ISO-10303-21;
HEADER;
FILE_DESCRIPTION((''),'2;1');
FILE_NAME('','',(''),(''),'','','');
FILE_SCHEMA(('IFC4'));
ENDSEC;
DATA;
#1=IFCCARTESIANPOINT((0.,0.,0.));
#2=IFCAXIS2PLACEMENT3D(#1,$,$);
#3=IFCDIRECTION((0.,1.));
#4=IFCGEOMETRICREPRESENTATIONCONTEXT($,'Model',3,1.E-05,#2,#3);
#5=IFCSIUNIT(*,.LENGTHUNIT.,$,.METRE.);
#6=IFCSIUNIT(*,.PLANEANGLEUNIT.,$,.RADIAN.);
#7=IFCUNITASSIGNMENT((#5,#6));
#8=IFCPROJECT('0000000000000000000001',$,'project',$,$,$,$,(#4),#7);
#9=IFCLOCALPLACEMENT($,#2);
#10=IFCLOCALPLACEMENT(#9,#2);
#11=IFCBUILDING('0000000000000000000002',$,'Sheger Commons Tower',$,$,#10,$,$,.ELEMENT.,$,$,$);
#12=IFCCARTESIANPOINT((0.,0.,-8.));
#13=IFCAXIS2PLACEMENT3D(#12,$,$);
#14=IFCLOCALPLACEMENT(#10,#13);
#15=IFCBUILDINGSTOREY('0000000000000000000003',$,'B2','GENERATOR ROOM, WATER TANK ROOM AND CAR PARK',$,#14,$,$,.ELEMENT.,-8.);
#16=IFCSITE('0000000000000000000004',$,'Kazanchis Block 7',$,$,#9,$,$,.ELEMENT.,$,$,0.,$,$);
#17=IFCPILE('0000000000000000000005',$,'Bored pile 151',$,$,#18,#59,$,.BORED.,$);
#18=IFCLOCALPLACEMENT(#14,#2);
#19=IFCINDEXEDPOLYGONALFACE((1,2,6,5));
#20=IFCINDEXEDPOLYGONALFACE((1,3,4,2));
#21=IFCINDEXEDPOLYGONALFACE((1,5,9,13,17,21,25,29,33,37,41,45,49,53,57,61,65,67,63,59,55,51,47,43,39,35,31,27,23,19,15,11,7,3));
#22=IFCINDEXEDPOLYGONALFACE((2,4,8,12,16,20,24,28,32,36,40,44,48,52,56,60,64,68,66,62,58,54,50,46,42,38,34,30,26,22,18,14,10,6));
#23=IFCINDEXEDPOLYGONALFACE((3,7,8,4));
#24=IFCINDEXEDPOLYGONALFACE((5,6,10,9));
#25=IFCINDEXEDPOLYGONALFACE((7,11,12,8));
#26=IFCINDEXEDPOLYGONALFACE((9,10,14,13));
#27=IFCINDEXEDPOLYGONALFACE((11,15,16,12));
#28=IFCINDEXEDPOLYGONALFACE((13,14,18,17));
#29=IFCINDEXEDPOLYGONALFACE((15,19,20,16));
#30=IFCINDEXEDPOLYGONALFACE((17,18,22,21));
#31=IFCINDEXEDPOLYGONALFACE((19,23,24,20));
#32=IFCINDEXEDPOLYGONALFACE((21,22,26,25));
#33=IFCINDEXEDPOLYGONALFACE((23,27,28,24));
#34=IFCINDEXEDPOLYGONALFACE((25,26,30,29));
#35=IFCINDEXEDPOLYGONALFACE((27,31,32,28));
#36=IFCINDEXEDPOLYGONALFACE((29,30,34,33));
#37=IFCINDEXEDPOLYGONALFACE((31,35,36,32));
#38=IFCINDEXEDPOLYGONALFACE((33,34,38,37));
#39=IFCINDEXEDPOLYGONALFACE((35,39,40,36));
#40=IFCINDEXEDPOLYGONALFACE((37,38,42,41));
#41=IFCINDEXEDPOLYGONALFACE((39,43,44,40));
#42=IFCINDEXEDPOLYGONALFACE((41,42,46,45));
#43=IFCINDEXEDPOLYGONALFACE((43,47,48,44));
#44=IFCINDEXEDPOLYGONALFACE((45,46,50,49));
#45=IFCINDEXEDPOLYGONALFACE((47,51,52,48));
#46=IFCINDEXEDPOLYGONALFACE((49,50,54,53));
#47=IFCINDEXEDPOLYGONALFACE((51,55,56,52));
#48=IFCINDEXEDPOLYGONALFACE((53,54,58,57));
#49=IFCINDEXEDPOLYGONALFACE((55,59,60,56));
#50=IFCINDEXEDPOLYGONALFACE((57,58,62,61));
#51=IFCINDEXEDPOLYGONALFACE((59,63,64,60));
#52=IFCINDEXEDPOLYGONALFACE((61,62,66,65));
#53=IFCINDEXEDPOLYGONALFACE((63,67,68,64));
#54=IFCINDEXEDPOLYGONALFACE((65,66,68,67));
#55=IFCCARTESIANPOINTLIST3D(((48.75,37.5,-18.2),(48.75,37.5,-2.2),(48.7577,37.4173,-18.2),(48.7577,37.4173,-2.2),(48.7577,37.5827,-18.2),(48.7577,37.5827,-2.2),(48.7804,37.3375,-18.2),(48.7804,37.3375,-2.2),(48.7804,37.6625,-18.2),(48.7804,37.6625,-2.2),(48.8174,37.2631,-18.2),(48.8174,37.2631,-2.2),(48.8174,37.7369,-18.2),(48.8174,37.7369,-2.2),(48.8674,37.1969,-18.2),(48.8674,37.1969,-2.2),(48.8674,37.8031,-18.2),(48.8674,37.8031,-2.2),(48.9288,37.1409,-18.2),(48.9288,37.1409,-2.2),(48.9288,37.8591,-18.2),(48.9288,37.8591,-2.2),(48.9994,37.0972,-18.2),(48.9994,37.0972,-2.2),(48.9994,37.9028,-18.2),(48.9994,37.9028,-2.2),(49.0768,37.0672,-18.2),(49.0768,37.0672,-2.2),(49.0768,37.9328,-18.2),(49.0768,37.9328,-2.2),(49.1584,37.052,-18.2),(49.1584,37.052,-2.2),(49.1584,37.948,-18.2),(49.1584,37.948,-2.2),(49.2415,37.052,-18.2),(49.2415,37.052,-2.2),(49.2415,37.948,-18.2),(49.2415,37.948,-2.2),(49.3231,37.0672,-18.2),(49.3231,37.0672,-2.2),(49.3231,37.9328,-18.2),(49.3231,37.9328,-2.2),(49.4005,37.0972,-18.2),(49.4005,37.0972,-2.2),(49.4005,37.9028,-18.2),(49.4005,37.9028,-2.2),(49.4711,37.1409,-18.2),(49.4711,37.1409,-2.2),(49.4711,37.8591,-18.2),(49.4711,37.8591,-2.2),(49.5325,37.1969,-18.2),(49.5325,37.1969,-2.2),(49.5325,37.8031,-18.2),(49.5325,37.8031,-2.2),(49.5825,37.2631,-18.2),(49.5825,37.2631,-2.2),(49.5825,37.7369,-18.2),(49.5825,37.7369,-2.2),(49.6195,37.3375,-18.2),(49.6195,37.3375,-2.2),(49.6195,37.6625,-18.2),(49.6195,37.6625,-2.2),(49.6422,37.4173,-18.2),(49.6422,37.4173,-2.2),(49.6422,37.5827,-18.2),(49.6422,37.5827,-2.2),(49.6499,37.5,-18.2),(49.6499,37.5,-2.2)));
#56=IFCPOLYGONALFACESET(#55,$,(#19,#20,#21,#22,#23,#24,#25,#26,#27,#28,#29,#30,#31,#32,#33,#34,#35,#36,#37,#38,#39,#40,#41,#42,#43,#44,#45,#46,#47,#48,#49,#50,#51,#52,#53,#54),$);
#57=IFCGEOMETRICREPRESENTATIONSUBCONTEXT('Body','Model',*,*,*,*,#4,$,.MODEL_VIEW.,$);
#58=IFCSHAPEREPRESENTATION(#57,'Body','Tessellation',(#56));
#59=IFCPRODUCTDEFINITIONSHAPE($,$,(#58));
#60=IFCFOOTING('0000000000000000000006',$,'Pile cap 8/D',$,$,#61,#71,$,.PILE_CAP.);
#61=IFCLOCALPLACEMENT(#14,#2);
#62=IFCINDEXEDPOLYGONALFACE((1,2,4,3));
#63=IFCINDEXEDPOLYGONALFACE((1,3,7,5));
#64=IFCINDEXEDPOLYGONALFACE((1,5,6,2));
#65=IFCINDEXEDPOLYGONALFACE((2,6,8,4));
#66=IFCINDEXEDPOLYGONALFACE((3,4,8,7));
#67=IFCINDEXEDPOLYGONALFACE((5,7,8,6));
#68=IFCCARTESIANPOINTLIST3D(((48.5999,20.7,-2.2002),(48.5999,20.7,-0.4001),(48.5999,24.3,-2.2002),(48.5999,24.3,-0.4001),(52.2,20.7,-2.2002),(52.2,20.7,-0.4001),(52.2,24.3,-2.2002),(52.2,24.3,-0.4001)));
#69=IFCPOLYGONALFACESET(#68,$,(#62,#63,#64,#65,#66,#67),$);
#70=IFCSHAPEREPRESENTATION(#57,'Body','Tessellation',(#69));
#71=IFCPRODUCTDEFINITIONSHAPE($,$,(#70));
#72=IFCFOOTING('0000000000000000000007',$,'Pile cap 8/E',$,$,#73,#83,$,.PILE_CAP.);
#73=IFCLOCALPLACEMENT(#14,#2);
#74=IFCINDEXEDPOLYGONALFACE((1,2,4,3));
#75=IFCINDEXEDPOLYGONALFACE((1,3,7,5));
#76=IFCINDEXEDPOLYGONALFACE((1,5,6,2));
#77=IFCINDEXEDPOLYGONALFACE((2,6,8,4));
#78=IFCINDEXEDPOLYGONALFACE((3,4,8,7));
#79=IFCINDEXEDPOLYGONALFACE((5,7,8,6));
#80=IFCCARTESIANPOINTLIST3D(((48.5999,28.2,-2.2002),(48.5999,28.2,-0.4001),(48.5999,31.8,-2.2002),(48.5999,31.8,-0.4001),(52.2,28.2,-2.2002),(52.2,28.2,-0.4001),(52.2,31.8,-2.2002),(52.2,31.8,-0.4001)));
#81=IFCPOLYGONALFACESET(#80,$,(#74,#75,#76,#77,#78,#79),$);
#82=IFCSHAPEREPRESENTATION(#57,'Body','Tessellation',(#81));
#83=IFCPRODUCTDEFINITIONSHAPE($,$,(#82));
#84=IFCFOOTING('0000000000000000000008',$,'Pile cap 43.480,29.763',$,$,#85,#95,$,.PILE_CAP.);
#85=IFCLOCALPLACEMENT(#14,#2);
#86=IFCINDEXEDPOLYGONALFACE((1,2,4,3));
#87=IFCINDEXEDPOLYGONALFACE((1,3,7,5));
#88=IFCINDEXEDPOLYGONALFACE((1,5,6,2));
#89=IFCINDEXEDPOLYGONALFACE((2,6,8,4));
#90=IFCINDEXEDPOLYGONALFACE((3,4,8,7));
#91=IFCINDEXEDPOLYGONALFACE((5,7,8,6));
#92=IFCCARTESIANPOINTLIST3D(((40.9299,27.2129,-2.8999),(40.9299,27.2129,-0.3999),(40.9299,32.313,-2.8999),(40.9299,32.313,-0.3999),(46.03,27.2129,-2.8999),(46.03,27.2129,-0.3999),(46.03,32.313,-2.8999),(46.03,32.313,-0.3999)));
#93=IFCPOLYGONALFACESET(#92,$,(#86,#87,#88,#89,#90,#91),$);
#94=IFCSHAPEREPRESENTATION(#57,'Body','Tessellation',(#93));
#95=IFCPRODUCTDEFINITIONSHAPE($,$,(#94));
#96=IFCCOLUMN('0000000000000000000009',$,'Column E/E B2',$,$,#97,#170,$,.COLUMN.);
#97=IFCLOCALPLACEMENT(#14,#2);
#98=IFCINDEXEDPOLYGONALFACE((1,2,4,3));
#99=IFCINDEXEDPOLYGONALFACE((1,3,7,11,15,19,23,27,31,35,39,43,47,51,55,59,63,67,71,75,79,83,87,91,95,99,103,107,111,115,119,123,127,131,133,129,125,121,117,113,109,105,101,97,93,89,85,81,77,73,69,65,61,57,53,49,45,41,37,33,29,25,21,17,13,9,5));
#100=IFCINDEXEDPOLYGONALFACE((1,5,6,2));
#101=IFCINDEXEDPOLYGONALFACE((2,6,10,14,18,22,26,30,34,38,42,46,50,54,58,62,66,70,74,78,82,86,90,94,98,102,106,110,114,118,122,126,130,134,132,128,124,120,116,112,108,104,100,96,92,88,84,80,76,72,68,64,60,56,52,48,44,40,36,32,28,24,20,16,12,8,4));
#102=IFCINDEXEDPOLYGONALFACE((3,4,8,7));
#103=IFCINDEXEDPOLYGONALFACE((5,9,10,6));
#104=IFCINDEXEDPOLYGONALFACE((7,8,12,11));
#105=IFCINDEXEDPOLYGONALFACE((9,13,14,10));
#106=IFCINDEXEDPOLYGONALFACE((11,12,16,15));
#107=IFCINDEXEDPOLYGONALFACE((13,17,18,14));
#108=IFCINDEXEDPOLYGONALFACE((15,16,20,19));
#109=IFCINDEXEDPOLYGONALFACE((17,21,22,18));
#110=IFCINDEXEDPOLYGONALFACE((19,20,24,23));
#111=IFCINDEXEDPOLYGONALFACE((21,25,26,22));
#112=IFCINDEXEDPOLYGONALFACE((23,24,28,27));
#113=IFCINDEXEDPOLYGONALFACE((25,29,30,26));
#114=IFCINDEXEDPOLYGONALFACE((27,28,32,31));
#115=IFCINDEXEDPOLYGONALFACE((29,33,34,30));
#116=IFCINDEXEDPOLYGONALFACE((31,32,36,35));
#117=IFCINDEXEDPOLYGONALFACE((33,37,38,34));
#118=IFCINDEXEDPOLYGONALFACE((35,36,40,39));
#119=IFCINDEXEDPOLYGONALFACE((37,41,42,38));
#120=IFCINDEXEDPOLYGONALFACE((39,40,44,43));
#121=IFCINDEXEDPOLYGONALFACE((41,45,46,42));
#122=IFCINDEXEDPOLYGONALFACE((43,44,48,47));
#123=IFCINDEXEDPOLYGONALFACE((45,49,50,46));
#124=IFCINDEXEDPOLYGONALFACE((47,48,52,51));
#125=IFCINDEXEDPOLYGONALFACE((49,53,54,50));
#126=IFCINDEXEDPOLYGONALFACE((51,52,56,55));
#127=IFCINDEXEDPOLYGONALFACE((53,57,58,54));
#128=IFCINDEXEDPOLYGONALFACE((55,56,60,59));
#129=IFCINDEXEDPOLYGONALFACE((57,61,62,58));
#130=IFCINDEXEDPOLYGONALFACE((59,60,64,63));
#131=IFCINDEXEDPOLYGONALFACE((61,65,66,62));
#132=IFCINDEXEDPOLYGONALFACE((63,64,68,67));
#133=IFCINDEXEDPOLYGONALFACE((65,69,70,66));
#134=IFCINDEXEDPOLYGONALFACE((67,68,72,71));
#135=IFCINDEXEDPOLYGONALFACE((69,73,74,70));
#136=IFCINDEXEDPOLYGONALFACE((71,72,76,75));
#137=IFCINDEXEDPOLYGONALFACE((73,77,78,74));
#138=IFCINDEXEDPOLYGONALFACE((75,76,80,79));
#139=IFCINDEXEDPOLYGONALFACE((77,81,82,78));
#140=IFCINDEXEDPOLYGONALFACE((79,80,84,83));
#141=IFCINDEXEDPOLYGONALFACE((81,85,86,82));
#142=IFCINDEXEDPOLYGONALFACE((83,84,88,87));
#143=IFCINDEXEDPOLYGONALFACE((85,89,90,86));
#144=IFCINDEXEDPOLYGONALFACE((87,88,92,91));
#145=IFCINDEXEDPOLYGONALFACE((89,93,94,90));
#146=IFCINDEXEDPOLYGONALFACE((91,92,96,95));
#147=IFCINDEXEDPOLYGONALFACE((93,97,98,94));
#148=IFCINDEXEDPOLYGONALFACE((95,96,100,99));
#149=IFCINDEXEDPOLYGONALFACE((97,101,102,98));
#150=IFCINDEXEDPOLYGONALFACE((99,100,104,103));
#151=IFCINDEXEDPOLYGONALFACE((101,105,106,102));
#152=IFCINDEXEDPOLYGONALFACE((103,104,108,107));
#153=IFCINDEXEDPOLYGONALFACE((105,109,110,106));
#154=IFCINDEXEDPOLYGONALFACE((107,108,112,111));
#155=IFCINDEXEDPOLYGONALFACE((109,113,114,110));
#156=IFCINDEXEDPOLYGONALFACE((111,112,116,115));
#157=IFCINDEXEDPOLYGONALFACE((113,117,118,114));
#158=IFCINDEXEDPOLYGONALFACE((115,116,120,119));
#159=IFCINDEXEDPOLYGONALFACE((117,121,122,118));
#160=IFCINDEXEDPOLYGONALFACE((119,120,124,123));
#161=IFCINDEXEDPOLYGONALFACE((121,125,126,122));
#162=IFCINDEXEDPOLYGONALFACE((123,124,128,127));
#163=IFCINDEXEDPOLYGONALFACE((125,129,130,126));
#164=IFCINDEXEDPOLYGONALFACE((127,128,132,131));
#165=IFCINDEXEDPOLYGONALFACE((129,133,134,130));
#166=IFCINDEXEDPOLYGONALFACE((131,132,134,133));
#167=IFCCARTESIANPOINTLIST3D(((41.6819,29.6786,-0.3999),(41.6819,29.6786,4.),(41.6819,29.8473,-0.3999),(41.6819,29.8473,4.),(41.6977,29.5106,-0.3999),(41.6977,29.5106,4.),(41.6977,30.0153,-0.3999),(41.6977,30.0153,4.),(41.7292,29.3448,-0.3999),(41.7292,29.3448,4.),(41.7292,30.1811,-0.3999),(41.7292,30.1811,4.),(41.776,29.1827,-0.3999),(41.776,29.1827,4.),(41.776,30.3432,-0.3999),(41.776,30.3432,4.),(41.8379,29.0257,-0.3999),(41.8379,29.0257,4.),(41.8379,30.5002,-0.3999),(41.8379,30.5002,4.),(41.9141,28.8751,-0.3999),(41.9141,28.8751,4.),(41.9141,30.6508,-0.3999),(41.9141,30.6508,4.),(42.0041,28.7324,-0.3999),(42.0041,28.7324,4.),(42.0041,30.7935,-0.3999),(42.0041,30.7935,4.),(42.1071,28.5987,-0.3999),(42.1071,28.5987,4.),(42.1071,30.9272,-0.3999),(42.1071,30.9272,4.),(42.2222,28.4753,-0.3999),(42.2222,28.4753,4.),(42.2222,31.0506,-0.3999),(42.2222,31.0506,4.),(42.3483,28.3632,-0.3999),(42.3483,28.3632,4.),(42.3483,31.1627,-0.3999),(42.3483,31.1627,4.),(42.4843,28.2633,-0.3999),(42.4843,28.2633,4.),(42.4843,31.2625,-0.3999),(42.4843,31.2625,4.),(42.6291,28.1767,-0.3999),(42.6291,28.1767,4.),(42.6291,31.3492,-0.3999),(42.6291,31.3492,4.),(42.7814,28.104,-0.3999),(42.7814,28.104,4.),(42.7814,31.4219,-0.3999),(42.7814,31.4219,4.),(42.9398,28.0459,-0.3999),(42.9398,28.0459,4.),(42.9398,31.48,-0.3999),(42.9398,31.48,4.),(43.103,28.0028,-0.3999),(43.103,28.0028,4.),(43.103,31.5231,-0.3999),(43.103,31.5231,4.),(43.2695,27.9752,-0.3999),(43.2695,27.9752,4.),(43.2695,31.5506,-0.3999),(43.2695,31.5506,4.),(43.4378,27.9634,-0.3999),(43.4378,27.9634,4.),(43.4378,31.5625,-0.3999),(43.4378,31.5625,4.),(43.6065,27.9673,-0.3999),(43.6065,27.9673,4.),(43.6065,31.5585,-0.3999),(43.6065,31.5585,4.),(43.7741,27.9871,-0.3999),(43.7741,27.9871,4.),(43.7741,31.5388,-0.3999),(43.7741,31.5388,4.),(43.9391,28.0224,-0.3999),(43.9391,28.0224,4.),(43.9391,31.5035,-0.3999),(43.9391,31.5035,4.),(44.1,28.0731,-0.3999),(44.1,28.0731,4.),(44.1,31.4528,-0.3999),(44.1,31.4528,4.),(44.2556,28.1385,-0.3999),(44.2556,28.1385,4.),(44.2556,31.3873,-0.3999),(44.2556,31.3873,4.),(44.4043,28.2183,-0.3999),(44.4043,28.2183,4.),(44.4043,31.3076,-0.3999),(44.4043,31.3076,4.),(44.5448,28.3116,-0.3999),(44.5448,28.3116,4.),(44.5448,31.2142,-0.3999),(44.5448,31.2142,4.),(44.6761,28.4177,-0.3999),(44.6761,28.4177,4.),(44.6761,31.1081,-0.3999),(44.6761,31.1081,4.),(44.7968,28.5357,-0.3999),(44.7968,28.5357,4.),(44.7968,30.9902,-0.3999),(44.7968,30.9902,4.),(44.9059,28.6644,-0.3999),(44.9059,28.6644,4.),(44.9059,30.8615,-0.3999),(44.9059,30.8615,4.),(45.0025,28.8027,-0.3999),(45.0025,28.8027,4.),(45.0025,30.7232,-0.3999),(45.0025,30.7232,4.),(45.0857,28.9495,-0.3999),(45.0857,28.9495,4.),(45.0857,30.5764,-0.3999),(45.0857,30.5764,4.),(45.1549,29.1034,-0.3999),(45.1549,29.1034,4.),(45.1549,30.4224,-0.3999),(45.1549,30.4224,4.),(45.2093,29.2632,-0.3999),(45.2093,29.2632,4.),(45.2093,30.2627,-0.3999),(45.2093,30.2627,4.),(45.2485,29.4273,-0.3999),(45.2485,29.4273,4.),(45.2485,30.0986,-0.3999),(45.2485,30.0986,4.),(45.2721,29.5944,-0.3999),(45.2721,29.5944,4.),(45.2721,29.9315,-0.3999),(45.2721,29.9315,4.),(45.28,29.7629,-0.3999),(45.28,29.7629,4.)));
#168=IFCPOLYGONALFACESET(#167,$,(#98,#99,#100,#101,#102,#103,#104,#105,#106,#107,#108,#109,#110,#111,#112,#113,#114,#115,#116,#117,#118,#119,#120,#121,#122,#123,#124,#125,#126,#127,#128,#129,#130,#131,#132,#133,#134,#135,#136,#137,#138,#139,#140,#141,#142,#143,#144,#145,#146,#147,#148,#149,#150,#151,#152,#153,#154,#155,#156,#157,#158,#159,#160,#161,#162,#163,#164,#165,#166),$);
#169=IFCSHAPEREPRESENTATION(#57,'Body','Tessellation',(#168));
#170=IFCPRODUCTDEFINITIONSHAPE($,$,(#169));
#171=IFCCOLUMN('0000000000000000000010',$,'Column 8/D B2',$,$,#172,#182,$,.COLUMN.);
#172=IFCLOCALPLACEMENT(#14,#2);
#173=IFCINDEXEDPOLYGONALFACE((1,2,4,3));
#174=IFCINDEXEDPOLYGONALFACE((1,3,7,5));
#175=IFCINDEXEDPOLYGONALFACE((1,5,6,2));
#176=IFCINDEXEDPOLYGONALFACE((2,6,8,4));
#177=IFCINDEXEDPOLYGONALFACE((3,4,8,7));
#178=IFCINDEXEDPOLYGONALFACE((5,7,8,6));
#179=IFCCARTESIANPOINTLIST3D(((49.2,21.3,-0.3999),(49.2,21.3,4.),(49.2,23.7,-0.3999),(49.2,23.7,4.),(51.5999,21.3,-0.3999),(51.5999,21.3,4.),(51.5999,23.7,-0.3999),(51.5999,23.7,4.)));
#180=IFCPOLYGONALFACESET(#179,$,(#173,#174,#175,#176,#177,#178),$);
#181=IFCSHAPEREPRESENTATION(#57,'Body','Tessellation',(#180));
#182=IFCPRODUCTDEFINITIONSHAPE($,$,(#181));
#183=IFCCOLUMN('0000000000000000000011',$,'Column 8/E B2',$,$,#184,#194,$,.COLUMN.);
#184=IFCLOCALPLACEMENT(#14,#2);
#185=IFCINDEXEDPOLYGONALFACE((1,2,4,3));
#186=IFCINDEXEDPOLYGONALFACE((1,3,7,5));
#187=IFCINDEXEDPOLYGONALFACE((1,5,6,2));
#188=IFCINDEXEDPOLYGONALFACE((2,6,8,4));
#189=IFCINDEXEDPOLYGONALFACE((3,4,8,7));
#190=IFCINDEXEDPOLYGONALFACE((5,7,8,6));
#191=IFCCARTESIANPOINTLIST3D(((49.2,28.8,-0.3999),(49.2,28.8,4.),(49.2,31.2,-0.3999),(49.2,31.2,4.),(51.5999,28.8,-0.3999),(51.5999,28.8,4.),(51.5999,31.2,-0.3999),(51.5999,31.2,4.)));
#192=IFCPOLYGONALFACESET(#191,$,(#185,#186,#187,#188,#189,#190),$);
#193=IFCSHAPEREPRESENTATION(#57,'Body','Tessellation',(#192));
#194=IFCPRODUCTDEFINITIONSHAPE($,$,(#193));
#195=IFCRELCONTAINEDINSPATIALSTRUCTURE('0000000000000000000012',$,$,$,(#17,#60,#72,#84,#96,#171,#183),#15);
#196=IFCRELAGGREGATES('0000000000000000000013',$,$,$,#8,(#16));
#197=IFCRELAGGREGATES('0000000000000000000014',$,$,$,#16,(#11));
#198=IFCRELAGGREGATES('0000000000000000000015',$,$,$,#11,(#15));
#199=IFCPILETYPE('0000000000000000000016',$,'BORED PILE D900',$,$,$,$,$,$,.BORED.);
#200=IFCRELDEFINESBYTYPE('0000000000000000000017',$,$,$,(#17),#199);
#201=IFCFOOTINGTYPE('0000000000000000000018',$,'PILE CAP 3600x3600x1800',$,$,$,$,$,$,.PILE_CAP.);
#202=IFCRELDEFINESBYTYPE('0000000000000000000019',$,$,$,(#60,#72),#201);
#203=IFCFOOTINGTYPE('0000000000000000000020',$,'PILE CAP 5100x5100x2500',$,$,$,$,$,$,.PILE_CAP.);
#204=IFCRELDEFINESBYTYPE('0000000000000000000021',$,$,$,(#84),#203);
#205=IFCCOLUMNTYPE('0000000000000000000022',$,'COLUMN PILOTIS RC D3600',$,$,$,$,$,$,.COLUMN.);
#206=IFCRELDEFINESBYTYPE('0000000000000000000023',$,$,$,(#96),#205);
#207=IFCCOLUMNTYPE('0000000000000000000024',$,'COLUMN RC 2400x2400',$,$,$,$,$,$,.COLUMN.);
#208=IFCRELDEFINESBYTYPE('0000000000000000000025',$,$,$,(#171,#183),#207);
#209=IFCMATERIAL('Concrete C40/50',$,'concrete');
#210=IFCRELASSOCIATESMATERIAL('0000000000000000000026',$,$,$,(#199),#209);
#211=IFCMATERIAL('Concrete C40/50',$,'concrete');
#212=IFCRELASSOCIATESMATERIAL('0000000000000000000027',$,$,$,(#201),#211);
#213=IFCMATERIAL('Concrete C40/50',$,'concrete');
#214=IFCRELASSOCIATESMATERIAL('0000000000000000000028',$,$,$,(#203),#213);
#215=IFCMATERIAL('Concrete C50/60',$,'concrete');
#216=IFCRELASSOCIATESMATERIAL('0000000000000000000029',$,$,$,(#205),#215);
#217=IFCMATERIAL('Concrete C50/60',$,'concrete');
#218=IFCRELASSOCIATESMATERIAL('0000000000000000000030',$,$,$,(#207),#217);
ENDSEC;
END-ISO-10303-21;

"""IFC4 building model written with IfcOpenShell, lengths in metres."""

from ifc_helpers import new_model, si_unit, direction, frame, origin, origin_2d, place, context, subcontext, project, spatial, rectangle, circle, extrude, material, material_profile, profile_set, type_object, element, save


model = new_model("IFC4")

# Units and contexts
model_context = context("Model", 3, precision=1e-05, world=origin(), true_north=direction((0.0, 1.0)))
body_context = subcontext(model_context, "Body", "Model", "MODEL_VIEW")
ifc_project = project(units=[si_unit("LENGTHUNIT", "METRE"), si_unit("PLANEANGLEUNIT", "RADIAN")], contexts=[model_context])

# Site, building, storey
site_placement = place(None, origin())
site = spatial("IfcSite", under=ifc_project, at=site_placement, Name="Kazanchis Block 7", CompositionType="ELEMENT", RefElevation=0.0)
building_placement = place(site_placement, origin())
building = spatial("IfcBuilding", under=site, at=building_placement, Name="Sheger Commons Tower", CompositionType="ELEMENT")
storey_placement = place(building_placement, frame((0.0, 0.0, -8.0)))
storey = spatial("IfcBuildingStorey", under=building, at=storey_placement, Name="B2", Description="GENERATOR ROOM, WATER TANK ROOM AND CAR PARK", CompositionType="ELEMENT", Elevation=-8.0)

# Pile
ifc_material_1 = material(Name="Concrete C40/50", Category="concrete")
ifc_material_profile_1 = material_profile(ifc_material_1, circle(Radius=0.45, at=origin_2d()), Name="PILE D900")
ifc_profile_set_1 = profile_set([ifc_material_profile_1], Name="Concrete C40/50")
pile_type_1 = type_object("IfcPileType", Name="BORED PILE D900", PredefinedType="BORED", material=ifc_profile_set_1)
for number, where, z_axis, x_axis, name in (
    (1, (49.2, 37.5, -2.2), (0.0, 0.0, -1.0), (1.0, 0.0, 0.0), "Bored pile 151"),
):
    element("IfcPile", number, at=place(storey_placement, frame(where, z_axis=z_axis, x_axis=x_axis)), inside=storey, type_object=pile_type_1, Name=name, PredefinedType="BORED", context=body_context, shape_type="SweptSolid", body=[
        extrude(circle(Radius=0.45, at=origin_2d()), origin(), (0.0, 0.0, 1.0), 16.0),
    ])

# Footings
ifc_material_2 = material(Name="Concrete C40/50", Category="concrete")
footing_type_1 = type_object("IfcFootingType", Name="PILE CAP 3600x3600x1800", PredefinedType="PILE_CAP", material=ifc_material_2)
for number, where, z_axis, x_axis, name in (
    (2, (50.3999, 22.5, -2.2002), (0.0, 0.0, 1.0), (1.0, 0.0, 0.0), "Pile cap 8/D"),
    (3, (50.3999, 30.0, -2.2002), (0.0, 0.0, 1.0), (1.0, 0.0, 0.0), "Pile cap 8/E"),
):
    element("IfcFooting", number, at=place(storey_placement, frame(where, z_axis=z_axis, x_axis=x_axis)), inside=storey, type_object=footing_type_1, Name=name, PredefinedType="PILE_CAP", context=body_context, shape_type="SweptSolid", body=[
        extrude(rectangle(XDim=3.6001, YDim=3.6001, at=origin_2d()), origin(), (0.0, 0.0, 1.0), 1.8),
    ])
ifc_material_3 = material(Name="Concrete C40/50", Category="concrete")
footing_type_2 = type_object("IfcFootingType", Name="PILE CAP 5100x5100x2500", PredefinedType="PILE_CAP", material=ifc_material_3)
footing_placement = place(storey_placement, frame((43.48, 29.7629, -2.8999), z_axis=(0.0, 0.0, 1.0), x_axis=(1.0, 0.0, 0.0)))
element("IfcFooting", 4, at=footing_placement, inside=storey, type_object=footing_type_2, Name="Pile cap 43.480,29.763", PredefinedType="PILE_CAP", context=body_context, shape_type="SweptSolid", body=[
    extrude(rectangle(XDim=5.1001, YDim=5.1001, at=origin_2d()), origin(), (0.0, 0.0, 1.0), 2.5),
])

# Columns
ifc_material_4 = material(Name="Concrete C50/60", Category="concrete")
ifc_material_profile_2 = material_profile(ifc_material_4, circle(Radius=1.8, at=origin_2d()), Name="RC D3600")
ifc_profile_set_2 = profile_set([ifc_material_profile_2], Name="Concrete C50/60")
column_type_1 = type_object("IfcColumnType", Name="COLUMN PILOTIS RC D3600", PredefinedType="COLUMN", material=ifc_profile_set_2)
column_placement = place(storey_placement, frame((43.48, 29.7629, -0.3999), z_axis=(0.0, 0.0, 1.0), x_axis=(1.0, 0.0, 0.0)))
element("IfcColumn", 5, at=column_placement, inside=storey, type_object=column_type_1, Name="Column E/E B2", PredefinedType="COLUMN", context=body_context, shape_type="SweptSolid", body=[
    extrude(circle(Radius=1.8, at=origin_2d()), origin(), (0.0, 0.0, 1.0), 4.3999),
])
ifc_material_5 = material(Name="Concrete C50/60", Category="concrete")
ifc_material_profile_3 = material_profile(ifc_material_5, rectangle(XDim=2.3999, YDim=2.3999, at=origin_2d()), Name="RC 2400x2400")
ifc_profile_set_3 = profile_set([ifc_material_profile_3], Name="Concrete C50/60")
column_type_2 = type_object("IfcColumnType", Name="COLUMN RC 2400x2400", PredefinedType="COLUMN", material=ifc_profile_set_3)
for number, where, z_axis, x_axis, name in (
    (6, (50.3999, 22.5, -0.3999), (0.0, 0.0, 1.0), (1.0, 0.0, 0.0), "Column 8/D B2"),
    (7, (50.3999, 30.0, -0.3999), (0.0, 0.0, 1.0), (1.0, 0.0, 0.0), "Column 8/E B2"),
):
    element("IfcColumn", number, at=place(storey_placement, frame(where, z_axis=z_axis, x_axis=x_axis)), inside=storey, type_object=column_type_2, Name=name, PredefinedType="COLUMN", context=body_context, shape_type="SweptSolid", body=[
        extrude(rectangle(XDim=2.3999, YDim=2.3999, at=origin_2d()), origin(), (0.0, 0.0, 1.0), 4.3999),
    ])

save(model, "model.ifc")
